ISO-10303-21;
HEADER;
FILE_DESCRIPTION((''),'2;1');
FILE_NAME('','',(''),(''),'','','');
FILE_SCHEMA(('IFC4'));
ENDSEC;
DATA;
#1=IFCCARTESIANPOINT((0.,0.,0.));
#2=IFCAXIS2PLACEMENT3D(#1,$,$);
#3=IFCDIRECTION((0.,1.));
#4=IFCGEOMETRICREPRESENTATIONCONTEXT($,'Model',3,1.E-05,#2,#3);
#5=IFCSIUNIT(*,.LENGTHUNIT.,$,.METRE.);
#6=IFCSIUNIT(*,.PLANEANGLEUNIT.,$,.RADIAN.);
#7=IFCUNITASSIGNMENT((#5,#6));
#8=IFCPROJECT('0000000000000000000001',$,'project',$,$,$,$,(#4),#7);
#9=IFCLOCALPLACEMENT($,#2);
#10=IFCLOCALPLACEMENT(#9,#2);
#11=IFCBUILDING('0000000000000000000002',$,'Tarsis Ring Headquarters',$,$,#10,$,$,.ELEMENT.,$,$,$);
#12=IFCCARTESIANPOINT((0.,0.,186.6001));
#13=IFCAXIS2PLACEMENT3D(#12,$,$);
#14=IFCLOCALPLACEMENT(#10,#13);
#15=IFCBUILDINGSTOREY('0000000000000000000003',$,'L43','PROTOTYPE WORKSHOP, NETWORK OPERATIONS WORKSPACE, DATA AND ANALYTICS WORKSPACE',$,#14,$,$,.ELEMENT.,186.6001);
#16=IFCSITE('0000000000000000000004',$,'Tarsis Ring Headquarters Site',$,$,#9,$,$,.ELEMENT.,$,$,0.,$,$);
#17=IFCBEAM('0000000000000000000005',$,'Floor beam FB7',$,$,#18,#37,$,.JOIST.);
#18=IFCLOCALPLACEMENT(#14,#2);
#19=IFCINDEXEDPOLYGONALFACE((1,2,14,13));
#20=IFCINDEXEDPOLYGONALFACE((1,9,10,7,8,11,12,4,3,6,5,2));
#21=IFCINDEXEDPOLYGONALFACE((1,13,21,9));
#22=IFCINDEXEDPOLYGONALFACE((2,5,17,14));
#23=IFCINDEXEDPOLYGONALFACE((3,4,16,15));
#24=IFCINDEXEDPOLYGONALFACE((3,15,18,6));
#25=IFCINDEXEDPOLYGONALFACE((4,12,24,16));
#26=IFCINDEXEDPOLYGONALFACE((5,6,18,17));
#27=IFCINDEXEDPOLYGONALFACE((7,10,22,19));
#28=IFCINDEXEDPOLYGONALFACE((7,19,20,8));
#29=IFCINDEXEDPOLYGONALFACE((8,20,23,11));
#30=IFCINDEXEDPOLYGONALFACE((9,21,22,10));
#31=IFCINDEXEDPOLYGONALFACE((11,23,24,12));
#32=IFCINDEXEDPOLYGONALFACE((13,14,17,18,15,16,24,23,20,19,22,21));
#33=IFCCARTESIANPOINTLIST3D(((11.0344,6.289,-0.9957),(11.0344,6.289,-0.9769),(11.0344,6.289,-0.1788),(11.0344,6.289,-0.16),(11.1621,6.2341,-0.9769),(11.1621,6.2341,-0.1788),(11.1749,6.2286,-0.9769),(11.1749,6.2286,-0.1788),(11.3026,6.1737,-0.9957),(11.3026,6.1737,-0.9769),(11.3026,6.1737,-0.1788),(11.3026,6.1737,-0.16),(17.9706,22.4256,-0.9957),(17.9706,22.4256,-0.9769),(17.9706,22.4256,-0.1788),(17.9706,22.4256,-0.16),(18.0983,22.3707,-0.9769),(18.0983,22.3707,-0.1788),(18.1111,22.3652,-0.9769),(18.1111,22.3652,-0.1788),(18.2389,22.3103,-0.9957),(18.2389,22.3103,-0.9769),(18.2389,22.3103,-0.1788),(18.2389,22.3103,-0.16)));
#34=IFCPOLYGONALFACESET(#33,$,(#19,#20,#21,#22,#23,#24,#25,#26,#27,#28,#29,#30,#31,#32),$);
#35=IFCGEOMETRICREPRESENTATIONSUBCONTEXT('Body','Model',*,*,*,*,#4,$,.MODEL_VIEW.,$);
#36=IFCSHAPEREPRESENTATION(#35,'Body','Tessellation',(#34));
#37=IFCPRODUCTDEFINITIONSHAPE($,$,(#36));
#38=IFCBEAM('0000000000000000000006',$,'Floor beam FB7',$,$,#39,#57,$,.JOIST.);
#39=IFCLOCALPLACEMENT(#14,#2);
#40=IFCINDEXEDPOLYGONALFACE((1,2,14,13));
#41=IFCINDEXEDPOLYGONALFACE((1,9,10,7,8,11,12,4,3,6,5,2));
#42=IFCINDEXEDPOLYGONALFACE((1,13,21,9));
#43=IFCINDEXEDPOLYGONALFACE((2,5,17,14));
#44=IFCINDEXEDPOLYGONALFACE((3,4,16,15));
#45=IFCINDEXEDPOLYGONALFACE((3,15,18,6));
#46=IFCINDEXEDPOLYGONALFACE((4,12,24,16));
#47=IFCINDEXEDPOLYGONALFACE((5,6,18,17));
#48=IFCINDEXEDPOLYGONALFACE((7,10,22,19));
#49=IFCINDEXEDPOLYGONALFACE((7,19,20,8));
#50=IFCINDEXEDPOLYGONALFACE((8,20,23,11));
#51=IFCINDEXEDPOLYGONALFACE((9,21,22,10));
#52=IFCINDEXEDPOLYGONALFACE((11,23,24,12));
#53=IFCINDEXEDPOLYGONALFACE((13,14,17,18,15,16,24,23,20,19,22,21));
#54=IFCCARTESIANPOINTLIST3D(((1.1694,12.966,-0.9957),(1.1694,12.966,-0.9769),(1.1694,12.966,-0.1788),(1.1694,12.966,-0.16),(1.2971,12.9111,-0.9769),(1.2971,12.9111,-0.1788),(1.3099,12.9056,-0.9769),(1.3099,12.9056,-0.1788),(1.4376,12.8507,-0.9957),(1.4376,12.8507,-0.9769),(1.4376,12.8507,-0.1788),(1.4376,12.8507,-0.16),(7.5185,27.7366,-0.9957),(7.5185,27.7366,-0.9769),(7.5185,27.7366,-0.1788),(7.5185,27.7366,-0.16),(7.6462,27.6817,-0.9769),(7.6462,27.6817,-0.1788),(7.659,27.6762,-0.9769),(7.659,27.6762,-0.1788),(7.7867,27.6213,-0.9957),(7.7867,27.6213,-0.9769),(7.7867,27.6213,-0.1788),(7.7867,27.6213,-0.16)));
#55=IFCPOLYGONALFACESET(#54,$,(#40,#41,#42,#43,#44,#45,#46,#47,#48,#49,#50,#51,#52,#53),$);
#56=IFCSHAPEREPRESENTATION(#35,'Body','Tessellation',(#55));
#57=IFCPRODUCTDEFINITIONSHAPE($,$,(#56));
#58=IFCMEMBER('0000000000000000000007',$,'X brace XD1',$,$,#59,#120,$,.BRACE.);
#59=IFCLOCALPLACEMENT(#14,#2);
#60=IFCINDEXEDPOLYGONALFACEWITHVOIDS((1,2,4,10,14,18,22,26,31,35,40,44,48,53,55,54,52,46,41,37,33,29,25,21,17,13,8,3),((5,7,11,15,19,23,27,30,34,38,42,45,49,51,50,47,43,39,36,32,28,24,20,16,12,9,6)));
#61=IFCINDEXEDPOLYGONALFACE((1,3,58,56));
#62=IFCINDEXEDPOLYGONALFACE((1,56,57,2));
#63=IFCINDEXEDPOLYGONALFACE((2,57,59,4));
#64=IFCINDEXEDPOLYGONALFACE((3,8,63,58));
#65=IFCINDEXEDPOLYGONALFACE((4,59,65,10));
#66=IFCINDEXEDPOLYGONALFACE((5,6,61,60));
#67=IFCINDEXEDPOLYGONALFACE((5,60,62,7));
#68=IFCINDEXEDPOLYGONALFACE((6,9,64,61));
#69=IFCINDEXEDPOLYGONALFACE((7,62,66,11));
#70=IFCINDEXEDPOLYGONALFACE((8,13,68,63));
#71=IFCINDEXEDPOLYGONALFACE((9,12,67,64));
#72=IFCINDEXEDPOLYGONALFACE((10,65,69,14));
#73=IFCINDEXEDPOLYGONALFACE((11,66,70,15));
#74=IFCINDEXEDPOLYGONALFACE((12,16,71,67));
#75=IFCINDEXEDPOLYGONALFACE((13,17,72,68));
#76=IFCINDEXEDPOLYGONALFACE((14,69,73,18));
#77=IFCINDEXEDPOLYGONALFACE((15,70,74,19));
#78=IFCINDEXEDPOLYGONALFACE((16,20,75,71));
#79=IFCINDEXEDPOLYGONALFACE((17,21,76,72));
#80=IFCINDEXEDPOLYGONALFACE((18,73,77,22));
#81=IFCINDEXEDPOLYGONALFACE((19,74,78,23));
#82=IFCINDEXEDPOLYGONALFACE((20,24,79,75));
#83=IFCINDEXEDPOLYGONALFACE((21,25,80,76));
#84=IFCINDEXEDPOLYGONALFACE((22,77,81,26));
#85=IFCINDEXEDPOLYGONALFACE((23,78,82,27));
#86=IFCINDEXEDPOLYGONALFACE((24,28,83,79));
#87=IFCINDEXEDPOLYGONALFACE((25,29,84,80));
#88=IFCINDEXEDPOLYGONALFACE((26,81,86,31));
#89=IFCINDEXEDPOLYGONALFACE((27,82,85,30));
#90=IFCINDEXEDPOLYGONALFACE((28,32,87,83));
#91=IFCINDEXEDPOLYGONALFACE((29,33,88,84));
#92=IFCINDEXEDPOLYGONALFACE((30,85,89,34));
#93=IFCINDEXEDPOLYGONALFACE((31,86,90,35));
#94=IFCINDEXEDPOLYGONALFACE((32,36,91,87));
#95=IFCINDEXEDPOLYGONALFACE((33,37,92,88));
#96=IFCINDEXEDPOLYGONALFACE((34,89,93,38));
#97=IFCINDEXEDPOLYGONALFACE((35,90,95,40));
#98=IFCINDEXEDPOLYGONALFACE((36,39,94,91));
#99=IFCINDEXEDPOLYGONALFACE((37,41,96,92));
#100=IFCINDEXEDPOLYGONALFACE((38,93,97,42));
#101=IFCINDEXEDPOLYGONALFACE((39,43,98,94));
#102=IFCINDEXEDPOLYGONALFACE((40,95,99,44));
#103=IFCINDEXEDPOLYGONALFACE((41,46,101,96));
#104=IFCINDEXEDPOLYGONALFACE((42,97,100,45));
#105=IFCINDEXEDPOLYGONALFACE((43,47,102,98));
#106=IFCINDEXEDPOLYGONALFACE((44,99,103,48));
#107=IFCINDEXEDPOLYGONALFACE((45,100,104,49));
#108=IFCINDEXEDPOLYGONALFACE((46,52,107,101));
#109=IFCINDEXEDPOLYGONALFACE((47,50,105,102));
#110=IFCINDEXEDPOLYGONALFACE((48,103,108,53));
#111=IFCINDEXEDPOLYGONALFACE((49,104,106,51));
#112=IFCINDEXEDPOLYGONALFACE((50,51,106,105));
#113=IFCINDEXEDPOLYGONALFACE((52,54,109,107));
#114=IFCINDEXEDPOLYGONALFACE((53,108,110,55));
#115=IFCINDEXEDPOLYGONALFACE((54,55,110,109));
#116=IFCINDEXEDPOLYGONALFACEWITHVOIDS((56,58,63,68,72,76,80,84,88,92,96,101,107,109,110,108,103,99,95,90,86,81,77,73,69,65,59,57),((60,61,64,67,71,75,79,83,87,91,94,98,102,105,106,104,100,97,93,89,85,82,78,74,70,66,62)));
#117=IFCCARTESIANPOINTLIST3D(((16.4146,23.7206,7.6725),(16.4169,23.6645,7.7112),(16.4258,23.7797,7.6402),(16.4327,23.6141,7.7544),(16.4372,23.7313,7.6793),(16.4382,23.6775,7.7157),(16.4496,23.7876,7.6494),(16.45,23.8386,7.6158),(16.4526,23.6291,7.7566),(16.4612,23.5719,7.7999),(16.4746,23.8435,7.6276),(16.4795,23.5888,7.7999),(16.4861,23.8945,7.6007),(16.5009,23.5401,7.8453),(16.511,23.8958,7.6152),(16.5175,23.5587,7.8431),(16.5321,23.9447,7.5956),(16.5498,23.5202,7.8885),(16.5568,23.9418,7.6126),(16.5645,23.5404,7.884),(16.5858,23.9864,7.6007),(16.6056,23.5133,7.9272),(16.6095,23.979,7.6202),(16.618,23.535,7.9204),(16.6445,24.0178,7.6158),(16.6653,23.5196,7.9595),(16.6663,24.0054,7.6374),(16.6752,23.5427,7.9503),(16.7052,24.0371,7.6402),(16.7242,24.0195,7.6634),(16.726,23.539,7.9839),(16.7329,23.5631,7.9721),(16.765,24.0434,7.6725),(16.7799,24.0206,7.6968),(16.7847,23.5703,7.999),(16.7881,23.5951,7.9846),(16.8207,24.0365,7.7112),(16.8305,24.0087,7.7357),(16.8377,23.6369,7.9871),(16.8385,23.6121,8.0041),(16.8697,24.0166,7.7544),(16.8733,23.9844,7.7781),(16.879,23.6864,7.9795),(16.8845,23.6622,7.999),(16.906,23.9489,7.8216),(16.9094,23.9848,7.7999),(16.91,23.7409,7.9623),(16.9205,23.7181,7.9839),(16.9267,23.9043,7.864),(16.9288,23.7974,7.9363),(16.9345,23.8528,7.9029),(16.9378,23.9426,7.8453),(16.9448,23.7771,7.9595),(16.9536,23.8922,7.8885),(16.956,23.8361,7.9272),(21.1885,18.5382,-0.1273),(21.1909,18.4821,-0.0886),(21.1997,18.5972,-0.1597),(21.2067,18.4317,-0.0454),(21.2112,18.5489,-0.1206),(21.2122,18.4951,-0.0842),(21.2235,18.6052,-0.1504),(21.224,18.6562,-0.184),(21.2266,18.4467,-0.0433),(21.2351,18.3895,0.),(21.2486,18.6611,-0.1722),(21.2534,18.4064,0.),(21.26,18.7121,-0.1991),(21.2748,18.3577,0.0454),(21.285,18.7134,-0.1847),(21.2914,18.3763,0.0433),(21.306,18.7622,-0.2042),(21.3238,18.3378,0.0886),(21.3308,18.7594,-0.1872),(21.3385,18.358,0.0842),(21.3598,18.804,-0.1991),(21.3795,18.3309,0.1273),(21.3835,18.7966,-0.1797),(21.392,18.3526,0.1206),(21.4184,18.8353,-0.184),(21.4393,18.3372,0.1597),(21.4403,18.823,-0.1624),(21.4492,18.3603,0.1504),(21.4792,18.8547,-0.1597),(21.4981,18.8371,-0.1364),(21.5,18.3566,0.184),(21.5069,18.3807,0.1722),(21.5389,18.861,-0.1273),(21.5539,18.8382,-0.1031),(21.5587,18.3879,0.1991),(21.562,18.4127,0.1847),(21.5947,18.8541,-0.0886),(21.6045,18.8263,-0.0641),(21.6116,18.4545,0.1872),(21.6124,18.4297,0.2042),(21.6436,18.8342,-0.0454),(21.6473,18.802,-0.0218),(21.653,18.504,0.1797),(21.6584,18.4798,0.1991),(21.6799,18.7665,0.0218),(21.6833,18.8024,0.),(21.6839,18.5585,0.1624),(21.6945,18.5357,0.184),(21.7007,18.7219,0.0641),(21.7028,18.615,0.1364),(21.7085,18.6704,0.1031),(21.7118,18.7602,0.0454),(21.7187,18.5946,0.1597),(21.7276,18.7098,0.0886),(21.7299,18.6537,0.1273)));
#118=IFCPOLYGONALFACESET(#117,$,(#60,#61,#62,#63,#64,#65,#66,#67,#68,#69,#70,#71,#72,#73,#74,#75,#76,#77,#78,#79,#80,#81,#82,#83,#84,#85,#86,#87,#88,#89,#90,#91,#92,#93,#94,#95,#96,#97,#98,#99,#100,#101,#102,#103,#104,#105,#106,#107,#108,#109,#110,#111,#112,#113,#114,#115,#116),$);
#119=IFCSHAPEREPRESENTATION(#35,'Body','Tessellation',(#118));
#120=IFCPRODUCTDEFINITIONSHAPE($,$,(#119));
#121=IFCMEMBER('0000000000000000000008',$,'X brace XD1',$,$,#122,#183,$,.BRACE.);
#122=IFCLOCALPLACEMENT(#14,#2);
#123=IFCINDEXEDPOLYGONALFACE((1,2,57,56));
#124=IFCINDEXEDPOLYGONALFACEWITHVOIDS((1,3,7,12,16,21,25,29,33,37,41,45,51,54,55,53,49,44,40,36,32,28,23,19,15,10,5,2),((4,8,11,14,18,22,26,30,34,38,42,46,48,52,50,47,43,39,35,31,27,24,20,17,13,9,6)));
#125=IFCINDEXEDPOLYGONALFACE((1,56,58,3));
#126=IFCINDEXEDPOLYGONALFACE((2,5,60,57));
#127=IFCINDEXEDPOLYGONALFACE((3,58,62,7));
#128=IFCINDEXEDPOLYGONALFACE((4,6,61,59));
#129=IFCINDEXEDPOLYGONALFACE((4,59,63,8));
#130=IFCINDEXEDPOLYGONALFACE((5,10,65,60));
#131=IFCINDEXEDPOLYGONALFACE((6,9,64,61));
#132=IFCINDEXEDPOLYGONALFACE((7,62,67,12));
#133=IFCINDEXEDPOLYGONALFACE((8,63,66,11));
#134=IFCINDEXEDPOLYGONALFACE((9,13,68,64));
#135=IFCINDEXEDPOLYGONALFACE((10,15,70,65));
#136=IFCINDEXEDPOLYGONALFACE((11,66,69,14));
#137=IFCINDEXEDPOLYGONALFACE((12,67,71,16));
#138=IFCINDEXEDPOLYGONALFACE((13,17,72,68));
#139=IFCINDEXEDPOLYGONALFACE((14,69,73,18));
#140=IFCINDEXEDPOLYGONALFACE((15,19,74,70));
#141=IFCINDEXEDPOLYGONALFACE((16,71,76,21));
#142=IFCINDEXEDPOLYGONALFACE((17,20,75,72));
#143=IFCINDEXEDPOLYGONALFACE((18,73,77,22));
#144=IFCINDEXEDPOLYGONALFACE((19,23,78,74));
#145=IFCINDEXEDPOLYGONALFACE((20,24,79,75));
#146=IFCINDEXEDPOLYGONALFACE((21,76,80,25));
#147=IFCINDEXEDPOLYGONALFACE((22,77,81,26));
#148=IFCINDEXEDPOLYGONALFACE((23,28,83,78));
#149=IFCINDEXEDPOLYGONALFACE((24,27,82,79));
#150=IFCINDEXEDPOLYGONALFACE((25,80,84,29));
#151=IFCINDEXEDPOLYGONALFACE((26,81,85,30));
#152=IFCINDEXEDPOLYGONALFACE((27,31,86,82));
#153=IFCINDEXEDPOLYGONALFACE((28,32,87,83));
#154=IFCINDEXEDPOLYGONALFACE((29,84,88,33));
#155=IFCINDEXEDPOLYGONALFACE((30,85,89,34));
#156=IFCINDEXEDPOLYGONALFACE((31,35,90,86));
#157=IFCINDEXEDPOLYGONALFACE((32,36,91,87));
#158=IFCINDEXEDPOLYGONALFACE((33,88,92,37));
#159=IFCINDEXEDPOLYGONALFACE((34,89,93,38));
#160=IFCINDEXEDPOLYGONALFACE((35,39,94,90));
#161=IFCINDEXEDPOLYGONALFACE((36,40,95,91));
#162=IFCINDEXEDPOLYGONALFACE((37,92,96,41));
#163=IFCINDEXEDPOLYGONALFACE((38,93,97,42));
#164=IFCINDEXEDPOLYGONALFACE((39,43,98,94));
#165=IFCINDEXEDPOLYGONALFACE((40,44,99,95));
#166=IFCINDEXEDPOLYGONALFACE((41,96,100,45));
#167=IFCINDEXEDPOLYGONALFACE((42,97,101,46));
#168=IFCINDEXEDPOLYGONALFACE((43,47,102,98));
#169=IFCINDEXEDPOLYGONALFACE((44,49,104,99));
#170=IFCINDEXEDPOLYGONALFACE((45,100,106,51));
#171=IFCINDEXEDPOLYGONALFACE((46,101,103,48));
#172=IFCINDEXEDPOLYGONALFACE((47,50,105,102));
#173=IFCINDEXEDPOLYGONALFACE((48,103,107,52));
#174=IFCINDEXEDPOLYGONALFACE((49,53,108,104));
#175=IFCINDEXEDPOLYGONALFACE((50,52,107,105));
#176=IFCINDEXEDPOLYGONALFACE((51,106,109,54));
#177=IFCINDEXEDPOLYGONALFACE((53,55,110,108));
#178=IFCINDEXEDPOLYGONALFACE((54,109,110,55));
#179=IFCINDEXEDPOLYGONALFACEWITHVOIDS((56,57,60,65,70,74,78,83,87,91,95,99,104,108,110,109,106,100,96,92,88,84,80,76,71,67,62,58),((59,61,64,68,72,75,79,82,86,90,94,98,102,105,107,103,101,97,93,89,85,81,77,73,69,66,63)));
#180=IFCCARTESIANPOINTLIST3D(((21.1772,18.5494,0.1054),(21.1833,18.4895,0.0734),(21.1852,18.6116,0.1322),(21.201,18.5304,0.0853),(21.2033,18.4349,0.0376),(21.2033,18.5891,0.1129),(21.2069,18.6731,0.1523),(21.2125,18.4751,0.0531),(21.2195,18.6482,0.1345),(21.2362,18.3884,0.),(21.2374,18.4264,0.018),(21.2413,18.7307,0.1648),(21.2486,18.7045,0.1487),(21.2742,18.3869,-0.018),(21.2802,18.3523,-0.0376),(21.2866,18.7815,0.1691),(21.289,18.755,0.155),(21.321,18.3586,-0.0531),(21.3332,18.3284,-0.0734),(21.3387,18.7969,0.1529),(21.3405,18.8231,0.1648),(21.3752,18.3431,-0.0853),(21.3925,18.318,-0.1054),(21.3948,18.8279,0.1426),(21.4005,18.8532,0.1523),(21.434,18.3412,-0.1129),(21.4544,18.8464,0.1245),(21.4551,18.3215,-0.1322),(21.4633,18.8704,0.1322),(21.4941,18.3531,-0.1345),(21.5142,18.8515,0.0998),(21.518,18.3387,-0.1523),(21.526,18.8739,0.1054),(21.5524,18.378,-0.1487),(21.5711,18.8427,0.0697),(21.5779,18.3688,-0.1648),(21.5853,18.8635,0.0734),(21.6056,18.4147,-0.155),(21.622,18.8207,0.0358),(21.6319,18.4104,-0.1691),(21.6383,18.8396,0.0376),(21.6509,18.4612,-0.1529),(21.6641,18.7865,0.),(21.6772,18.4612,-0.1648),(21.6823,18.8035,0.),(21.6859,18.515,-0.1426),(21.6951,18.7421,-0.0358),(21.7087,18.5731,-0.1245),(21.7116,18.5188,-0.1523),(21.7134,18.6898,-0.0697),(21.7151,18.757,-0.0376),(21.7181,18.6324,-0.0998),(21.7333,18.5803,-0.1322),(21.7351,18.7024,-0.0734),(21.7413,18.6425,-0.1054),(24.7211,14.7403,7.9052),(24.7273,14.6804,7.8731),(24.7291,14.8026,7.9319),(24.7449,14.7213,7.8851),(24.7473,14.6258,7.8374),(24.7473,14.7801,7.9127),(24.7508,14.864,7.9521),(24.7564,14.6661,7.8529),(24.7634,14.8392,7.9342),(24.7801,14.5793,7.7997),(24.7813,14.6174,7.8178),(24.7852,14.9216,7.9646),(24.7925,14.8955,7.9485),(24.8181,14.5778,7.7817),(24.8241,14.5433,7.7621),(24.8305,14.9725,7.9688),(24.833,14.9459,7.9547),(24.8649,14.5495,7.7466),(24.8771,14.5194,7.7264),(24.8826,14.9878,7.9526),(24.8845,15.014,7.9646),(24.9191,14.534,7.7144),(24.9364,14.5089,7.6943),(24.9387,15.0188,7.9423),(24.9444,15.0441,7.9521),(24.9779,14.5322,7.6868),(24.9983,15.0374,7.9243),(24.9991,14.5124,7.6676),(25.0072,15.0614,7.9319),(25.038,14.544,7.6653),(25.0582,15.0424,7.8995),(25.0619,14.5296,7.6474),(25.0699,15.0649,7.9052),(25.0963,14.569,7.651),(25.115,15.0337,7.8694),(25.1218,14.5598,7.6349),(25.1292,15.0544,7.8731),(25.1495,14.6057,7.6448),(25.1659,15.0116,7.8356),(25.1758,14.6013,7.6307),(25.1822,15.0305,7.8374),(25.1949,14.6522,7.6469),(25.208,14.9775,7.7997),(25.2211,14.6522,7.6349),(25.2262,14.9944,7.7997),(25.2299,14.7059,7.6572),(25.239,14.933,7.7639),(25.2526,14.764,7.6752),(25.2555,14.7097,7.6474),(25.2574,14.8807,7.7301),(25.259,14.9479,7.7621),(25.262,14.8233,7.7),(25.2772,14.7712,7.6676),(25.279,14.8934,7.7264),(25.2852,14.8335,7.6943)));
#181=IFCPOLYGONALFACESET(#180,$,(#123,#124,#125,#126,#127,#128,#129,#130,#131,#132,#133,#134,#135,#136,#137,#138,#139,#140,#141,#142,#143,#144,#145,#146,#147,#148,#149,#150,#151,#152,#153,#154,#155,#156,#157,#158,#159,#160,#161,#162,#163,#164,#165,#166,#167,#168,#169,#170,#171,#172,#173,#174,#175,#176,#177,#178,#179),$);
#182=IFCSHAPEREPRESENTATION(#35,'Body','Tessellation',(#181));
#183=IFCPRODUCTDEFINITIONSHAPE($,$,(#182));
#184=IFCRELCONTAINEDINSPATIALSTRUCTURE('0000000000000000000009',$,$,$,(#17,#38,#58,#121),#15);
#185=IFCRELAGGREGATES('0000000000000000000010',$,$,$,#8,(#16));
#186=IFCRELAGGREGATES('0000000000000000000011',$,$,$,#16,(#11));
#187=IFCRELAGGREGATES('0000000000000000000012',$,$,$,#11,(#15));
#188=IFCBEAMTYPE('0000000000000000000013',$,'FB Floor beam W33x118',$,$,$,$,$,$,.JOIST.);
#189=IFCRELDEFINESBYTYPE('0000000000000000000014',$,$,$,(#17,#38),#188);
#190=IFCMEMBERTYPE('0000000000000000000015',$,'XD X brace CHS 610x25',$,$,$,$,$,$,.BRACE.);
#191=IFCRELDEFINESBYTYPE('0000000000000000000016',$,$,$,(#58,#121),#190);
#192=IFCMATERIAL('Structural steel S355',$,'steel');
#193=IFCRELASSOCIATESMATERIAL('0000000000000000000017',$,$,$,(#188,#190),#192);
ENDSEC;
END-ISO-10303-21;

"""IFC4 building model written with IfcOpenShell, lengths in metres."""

from ifc_helpers import new_model, si_unit, direction, frame, origin, origin_2d, place, context, subcontext, project, spatial, hollow_circle, i_section, extrude, material, material_profile, profile_set, type_object, element, save


model = new_model("IFC4")

# Units and contexts
model_context = context("Model", 3, precision=1e-05, world=origin(), true_north=direction((0.0, 1.0)))
body_context = subcontext(model_context, "Body", "Model", "MODEL_VIEW")
ifc_project = project(units=[si_unit("LENGTHUNIT", "METRE"), si_unit("PLANEANGLEUNIT", "RADIAN")], contexts=[model_context])

# Site, building, storey
site_placement = place(None, origin())
site = spatial("IfcSite", under=ifc_project, at=site_placement, Name="Tarsis Ring Headquarters Site", CompositionType="ELEMENT", RefElevation=0.0)
building_placement = place(site_placement, origin())
building = spatial("IfcBuilding", under=site, at=building_placement, Name="Tarsis Ring Headquarters", CompositionType="ELEMENT")
storey_placement = place(building_placement, frame((0.0, 0.0, 186.6001)))
storey = spatial("IfcBuildingStorey", under=building, at=storey_placement, Name="L43", Description="PROTOTYPE WORKSHOP, NETWORK OPERATIONS WORKSPACE, DATA AND ANALYTICS WORKSPACE", CompositionType="ELEMENT", Elevation=186.6001)

# Shared definitions
ifc_material_1 = material(Name="Structural steel S355", Category="steel")

# Beams
ifc_material_profile_1 = material_profile(ifc_material_1, i_section(OverallWidth=0.292, OverallDepth=0.8357, WebThickness=0.0139, FlangeThickness=0.0188, at=origin_2d()), Name="W33x118")
ifc_profile_set_1 = profile_set([ifc_material_profile_1], Name="Structural steel S355")
beam_type_1 = type_object("IfcBeamType", Name="FB Floor beam W33x118", PredefinedType="JOIST", material=ifc_profile_set_1)
beam_1_placement = place(storey_placement, frame((18.1047, 22.3679, -0.5779), z_axis=(-0.394907, -0.918721, 0.0), x_axis=(0.918721, -0.394907, 0.0)))
element("IfcBeam", 1, at=beam_1_placement, inside=storey, type_object=beam_type_1, Name="Floor beam FB7", PredefinedType="JOIST", context=body_context, shape_type="SweptSolid", body=[
    extrude(i_section(OverallWidth=0.292, OverallDepth=0.8357, WebThickness=0.0139, FlangeThickness=0.0188, at=origin_2d()), origin(), (0.0, 0.0, 1.0), 17.5642),
])
beam_2_placement = place(storey_placement, frame((7.6526, 27.679, -0.5779), z_axis=(-0.394907, -0.918721, 0.0), x_axis=(0.918721, -0.394907, 0.0)))
element("IfcBeam", 2, at=beam_2_placement, inside=storey, type_object=beam_type_1, Name="Floor beam FB7", PredefinedType="JOIST", context=body_context, shape_type="SweptSolid", body=[
    extrude(i_section(OverallWidth=0.292, OverallDepth=0.8357, WebThickness=0.0139, FlangeThickness=0.0188, at=origin_2d()), origin(), (0.0, 0.0, 1.0), 16.0774),
])

# Members
ifc_material_profile_2 = material_profile(ifc_material_1, hollow_circle(Radius=0.3047, WallThickness=0.0249, at=origin_2d()), Name="CHS 610x25")
ifc_profile_set_2 = profile_set([ifc_material_profile_2], Name="Structural steel S355")
member_type = type_object("IfcMemberType", Name="XD X brace CHS 610x25", PredefinedType="BRACE", material=ifc_profile_set_2)
member_1_placement = place(storey_placement, frame((21.4592, 18.5959, 0.0), z_axis=(-0.454177, 0.493036, 0.74205), x_axis=(-0.735496, -0.677529, 0.0)))
element("IfcMember", 3, at=member_1_placement, inside=storey, type_object=member_type, Name="X brace XD1", PredefinedType="BRACE", context=body_context, shape_type="SweptSolid", body=[
    extrude(hollow_circle(Radius=0.3047, WallThickness=0.0249, at=origin_2d()), origin(), (0.0, 0.0, 1.0), 10.5112),
])
member_2_placement = place(storey_placement, frame((21.4592, 18.5959, 0.0), z_axis=(0.377989, -0.406267, 0.831908), x_axis=(0.732128, 0.681167, 0.0)))
element("IfcMember", 4, at=member_2_placement, inside=storey, type_object=member_type, Name="X brace XD1", PredefinedType="BRACE", context=body_context, shape_type="SweptSolid", body=[
    extrude(hollow_circle(Radius=0.3047, WallThickness=0.0249, at=origin_2d()), origin(), (0.0, 0.0, 1.0), 9.3757),
])

save(model, "model.ifc")
